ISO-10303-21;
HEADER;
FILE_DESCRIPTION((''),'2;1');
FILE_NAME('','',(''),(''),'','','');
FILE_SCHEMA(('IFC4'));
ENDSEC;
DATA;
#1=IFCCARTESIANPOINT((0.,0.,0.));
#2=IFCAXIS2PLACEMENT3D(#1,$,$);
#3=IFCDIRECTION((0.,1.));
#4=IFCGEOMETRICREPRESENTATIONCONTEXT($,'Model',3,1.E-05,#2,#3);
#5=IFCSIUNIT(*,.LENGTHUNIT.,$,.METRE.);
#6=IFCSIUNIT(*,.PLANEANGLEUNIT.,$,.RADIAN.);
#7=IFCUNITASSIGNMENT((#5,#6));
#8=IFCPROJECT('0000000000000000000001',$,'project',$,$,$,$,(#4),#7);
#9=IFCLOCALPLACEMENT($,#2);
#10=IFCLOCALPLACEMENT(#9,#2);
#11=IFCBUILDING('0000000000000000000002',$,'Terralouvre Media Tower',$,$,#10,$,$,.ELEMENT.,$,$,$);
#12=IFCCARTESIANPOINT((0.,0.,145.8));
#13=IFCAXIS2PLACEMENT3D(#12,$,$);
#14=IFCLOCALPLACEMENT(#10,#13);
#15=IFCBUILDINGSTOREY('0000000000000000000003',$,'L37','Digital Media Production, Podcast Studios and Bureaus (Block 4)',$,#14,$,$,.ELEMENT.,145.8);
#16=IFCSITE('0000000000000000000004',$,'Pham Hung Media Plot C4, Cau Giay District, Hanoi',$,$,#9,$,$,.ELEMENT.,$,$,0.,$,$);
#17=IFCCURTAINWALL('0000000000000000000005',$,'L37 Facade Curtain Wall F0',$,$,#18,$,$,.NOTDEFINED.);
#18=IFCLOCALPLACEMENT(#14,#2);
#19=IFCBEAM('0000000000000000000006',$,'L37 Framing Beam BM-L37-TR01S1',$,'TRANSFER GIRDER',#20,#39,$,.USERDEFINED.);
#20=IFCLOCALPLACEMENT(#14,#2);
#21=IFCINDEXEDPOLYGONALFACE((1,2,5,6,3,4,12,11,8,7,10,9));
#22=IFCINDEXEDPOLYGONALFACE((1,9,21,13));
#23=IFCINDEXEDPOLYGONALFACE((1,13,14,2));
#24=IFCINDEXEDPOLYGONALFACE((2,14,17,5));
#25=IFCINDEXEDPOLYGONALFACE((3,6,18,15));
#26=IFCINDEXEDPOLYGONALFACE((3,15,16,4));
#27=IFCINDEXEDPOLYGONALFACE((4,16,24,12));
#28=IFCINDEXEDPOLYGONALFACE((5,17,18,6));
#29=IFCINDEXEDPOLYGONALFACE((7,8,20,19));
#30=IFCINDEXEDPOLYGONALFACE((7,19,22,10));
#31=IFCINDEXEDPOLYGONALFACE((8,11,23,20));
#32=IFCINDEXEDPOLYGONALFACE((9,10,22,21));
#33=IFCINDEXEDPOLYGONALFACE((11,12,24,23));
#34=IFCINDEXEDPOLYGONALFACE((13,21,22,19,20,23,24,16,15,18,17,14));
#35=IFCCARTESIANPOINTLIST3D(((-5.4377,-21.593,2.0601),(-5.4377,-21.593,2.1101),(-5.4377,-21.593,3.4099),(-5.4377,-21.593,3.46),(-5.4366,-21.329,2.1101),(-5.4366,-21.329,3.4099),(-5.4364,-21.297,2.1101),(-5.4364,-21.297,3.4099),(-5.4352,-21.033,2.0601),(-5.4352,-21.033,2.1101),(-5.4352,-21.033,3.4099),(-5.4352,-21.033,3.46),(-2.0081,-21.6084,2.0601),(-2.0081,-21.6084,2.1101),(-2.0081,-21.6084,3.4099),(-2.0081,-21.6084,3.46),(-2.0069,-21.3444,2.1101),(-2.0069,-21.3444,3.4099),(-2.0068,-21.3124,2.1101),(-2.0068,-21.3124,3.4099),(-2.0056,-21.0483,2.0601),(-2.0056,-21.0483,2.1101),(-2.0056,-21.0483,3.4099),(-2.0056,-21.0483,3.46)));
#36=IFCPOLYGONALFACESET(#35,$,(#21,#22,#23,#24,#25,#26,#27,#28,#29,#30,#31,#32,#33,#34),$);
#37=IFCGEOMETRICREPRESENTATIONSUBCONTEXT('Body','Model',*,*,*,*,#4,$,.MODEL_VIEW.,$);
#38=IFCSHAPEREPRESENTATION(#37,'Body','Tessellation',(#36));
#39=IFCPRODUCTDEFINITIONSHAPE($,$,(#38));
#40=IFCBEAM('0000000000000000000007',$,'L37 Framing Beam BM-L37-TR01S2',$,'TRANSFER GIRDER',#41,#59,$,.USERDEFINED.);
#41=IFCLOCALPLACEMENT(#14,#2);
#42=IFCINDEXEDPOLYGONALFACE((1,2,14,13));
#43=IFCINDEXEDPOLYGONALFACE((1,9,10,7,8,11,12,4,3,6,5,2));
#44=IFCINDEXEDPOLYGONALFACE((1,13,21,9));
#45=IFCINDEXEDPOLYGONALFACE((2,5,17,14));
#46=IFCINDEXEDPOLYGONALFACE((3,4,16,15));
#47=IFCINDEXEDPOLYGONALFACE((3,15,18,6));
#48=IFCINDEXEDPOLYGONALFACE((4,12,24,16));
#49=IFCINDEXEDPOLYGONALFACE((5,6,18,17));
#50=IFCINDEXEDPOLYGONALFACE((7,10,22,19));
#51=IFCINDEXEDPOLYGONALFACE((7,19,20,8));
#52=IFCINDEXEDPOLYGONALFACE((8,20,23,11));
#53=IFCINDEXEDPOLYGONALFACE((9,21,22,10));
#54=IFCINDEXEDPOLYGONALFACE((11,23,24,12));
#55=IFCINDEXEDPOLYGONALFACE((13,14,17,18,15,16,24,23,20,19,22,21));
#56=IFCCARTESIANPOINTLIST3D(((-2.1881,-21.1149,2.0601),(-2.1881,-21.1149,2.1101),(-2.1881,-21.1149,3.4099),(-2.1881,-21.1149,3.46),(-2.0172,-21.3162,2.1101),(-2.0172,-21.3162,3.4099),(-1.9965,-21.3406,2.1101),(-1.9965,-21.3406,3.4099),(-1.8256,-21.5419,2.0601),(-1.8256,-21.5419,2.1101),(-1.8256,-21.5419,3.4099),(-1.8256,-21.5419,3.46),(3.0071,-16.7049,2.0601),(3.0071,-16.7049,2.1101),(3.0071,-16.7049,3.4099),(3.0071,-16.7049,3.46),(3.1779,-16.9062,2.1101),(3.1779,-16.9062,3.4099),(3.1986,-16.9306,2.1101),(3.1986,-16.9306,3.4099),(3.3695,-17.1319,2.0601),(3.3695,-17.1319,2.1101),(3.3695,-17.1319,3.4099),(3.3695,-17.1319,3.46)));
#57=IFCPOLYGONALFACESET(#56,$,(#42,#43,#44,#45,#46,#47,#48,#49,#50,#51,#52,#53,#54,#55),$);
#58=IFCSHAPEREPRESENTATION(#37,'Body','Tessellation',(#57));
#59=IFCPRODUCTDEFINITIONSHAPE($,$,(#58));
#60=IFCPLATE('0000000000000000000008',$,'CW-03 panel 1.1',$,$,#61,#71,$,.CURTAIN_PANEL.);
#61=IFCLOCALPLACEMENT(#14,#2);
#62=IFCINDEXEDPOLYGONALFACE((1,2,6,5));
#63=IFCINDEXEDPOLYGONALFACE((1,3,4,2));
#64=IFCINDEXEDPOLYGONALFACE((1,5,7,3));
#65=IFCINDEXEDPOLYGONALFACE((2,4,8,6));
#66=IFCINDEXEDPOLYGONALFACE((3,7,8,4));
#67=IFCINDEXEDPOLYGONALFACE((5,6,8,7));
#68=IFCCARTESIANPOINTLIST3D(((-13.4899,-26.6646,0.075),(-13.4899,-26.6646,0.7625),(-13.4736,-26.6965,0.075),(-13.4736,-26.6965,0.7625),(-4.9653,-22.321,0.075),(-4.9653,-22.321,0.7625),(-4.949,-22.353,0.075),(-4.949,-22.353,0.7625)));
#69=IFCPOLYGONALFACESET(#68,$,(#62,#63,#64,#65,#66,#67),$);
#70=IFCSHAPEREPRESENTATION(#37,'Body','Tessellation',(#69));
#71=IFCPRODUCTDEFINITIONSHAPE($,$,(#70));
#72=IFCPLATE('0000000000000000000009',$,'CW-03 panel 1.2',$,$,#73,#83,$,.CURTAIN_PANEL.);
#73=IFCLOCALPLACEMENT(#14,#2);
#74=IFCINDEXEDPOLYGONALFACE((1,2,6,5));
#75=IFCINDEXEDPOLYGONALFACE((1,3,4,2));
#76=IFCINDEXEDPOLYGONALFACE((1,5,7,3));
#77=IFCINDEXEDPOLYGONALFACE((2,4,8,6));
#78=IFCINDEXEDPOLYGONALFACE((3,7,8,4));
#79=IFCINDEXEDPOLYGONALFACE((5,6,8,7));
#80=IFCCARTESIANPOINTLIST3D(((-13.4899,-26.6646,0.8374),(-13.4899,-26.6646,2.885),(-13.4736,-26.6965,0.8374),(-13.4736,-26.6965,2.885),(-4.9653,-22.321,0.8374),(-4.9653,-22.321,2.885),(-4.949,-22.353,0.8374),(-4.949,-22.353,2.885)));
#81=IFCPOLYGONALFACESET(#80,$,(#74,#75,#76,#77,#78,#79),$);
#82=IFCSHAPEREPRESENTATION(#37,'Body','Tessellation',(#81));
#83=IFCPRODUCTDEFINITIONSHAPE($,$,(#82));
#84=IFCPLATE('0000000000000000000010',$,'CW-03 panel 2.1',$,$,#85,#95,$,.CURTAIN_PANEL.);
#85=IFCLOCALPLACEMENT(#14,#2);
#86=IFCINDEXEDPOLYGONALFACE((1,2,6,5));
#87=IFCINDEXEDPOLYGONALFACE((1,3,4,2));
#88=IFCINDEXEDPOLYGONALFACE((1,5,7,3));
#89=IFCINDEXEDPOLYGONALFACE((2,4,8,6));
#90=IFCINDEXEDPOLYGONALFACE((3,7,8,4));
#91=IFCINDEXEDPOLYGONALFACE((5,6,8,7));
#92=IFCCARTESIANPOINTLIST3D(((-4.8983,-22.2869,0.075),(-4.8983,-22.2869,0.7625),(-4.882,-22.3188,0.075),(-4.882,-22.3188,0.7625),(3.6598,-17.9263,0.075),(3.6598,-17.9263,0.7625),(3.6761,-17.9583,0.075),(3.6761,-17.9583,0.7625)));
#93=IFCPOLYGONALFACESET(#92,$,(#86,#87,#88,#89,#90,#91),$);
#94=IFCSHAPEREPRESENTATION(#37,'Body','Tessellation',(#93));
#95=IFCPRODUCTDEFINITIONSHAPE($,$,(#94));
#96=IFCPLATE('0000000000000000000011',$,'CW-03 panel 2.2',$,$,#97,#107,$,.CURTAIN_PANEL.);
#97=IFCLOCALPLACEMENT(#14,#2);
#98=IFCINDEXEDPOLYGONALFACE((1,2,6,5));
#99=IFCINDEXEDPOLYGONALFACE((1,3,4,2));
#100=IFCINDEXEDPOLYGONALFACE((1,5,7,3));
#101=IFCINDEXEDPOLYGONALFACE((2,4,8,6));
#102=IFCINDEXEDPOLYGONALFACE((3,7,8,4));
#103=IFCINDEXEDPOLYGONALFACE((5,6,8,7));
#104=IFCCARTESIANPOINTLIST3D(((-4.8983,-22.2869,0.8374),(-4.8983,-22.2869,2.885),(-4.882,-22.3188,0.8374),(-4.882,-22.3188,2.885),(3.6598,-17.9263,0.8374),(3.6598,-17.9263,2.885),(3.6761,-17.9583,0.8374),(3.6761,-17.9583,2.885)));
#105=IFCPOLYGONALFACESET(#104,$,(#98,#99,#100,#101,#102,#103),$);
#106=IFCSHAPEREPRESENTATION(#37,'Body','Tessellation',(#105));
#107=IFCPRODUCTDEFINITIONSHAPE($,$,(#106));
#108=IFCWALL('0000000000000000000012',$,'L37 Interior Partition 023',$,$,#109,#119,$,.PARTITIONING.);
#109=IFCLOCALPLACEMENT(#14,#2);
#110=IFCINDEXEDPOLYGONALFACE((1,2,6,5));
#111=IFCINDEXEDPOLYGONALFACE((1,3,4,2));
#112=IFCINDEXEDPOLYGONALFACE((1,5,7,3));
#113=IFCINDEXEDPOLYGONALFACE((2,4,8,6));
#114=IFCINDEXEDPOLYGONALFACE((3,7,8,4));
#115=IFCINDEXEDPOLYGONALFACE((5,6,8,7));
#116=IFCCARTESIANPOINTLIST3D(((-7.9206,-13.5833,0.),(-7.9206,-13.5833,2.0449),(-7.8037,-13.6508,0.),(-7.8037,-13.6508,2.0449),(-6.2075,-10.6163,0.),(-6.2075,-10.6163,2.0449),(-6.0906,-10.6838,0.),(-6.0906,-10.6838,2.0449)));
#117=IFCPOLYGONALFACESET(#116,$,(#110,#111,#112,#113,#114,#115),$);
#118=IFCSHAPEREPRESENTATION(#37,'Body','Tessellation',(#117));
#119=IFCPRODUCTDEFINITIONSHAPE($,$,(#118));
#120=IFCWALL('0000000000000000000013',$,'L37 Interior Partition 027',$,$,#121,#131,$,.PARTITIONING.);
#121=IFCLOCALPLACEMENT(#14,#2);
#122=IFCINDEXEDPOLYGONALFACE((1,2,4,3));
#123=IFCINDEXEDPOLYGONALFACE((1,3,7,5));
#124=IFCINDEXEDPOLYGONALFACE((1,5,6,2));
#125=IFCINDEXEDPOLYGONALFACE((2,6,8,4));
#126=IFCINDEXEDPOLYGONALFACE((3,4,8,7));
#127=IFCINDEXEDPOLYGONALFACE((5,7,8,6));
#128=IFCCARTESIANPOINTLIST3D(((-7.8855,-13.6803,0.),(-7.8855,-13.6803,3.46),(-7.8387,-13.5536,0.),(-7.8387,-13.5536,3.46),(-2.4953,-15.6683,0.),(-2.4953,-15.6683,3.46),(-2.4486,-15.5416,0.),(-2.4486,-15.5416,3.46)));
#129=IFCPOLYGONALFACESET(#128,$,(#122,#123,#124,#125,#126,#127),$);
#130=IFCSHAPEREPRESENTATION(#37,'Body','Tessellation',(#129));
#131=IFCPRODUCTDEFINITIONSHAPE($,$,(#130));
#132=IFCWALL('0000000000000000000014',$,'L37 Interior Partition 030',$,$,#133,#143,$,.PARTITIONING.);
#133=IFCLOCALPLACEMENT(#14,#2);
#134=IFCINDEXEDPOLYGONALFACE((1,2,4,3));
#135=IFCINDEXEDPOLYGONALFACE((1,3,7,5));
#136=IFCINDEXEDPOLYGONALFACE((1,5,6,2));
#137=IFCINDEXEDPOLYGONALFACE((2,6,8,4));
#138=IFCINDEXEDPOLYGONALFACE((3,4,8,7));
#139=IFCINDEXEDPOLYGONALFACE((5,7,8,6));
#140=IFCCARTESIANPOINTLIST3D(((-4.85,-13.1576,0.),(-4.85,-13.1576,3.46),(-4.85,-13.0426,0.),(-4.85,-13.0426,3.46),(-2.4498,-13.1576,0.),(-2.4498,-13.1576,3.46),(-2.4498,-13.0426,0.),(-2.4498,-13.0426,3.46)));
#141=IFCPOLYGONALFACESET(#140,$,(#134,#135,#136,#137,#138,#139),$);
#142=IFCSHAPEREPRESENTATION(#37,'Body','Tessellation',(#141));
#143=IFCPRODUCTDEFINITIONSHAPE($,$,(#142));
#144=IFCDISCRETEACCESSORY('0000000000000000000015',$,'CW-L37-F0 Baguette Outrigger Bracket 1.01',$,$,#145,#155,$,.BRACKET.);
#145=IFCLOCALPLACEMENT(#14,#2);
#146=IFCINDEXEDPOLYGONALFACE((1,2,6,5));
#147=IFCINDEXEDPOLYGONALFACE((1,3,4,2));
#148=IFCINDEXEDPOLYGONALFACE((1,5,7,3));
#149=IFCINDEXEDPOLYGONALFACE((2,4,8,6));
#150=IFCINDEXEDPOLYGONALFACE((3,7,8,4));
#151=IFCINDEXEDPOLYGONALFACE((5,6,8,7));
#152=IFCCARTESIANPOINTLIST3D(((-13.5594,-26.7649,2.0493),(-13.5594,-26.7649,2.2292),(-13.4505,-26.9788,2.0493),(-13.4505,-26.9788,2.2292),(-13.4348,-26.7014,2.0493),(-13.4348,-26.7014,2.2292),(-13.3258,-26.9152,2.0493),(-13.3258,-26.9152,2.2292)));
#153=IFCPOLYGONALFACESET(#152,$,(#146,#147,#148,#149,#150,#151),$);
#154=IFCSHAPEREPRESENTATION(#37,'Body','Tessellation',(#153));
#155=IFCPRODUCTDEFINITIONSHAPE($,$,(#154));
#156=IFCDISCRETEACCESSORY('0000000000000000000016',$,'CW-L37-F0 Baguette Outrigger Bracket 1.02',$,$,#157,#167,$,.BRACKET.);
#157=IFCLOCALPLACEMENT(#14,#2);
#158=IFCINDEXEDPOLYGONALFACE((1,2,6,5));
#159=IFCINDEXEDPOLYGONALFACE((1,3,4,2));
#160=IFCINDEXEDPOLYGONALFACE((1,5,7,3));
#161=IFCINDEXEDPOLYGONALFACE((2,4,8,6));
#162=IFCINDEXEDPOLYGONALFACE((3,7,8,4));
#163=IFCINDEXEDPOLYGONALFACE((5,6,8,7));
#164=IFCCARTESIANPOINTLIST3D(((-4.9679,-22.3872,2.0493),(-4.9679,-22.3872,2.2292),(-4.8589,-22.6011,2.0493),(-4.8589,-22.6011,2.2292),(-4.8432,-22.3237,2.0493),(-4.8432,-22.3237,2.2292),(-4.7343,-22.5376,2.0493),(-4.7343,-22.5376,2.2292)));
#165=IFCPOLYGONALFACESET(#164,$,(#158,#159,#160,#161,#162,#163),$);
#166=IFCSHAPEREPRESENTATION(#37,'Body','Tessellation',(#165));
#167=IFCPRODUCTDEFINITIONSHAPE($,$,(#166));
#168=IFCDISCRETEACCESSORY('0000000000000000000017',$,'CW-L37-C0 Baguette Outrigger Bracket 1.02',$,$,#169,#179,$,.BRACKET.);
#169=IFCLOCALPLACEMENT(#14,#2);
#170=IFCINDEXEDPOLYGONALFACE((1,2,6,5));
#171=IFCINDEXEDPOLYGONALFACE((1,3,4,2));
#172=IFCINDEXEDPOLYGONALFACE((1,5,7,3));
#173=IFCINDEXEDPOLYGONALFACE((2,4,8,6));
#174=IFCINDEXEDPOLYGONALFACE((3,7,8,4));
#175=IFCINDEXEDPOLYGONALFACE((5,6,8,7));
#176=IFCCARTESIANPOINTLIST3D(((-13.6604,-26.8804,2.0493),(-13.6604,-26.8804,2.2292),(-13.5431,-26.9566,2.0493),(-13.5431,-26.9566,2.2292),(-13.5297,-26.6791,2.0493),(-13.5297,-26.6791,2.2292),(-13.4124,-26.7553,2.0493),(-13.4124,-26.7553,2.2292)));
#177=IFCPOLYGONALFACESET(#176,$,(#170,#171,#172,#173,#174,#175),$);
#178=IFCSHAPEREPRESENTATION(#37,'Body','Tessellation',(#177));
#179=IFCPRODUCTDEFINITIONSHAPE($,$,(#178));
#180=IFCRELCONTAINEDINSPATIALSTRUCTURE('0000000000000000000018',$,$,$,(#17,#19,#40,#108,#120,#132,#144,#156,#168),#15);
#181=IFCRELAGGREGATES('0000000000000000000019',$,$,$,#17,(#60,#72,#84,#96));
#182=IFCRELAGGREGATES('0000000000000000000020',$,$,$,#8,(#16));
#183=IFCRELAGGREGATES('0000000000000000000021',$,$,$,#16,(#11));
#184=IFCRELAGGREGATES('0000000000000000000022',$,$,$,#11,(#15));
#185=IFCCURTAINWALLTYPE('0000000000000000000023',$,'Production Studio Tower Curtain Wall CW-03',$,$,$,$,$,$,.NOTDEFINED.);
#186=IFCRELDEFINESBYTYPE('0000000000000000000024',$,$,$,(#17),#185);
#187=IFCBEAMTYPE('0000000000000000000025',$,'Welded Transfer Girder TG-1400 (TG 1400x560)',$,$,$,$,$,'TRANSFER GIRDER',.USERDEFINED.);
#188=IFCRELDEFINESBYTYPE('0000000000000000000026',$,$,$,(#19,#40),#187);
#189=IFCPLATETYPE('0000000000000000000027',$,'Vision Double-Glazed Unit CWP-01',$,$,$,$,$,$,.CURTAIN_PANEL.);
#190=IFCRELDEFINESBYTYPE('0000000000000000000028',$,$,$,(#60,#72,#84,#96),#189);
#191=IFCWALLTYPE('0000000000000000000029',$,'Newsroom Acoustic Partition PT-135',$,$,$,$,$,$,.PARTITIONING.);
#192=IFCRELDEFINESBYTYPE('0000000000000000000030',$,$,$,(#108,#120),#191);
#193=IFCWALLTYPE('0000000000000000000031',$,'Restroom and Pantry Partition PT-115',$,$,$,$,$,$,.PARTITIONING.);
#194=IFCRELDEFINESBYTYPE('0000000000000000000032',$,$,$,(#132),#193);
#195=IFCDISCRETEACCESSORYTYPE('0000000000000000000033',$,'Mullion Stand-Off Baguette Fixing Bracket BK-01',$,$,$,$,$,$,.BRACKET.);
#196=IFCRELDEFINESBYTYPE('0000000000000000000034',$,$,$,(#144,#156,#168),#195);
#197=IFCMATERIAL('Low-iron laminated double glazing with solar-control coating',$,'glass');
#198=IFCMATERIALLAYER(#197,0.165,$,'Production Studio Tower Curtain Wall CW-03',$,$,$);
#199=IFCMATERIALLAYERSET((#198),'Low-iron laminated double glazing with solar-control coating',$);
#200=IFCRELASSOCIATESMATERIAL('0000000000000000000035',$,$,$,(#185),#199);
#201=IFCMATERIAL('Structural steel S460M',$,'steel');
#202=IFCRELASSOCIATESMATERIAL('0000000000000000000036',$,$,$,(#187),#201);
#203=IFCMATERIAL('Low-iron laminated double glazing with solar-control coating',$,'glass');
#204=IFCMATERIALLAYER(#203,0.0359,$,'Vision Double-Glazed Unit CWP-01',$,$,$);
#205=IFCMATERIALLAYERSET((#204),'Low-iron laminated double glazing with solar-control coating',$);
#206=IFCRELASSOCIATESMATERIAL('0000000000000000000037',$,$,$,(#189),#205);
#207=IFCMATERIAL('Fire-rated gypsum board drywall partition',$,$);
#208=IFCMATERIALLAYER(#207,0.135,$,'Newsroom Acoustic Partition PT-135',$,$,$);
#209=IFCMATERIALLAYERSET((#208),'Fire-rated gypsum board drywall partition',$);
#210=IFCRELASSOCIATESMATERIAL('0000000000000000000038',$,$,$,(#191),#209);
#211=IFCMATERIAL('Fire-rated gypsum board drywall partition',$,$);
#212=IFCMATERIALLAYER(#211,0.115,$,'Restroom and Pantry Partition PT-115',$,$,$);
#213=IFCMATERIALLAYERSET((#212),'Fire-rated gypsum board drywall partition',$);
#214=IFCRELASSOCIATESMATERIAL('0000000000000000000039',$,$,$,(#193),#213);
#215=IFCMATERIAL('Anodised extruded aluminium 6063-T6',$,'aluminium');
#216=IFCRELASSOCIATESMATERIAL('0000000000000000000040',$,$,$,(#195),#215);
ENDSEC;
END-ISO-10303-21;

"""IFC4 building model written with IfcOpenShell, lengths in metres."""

from ifc_helpers import new_model, si_unit, direction, frame, frame_2d, origin, origin_2d, place, context, subcontext, project, spatial, rectangle, i_section, extrude, material, layer, layer_set, material_profile, profile_set, type_object, element, aggregate, save


model = new_model("IFC4")

# Units and contexts
model_context = context("Model", 3, precision=1e-05, world=origin(), true_north=direction((0.0, 1.0)))
body_context = subcontext(model_context, "Body", "Model", "MODEL_VIEW")
ifc_project = project(units=[si_unit("LENGTHUNIT", "METRE"), si_unit("PLANEANGLEUNIT", "RADIAN")], contexts=[model_context])

# Site, building, storey
site_placement = place(None, origin())
site = spatial("IfcSite", under=ifc_project, at=site_placement, Name="Pham Hung Media Plot C4, Cau Giay District, Hanoi", CompositionType="ELEMENT", RefElevation=0.0)
building_placement = place(site_placement, origin())
building = spatial("IfcBuilding", under=site, at=building_placement, Name="Terralouvre Media Tower", CompositionType="ELEMENT")
storey_placement = place(building_placement, frame((0.0, 0.0, 145.8)))
storey = spatial("IfcBuildingStorey", under=building, at=storey_placement, Name="L37", Description="Digital Media Production, Podcast Studios and Bureaus (Block 4)", CompositionType="ELEMENT", Elevation=145.8)

# Curtain wall
ifc_material_1 = material(Name="Low-iron laminated double glazing with solar-control coating", Category="glass")
ifc_layer_1 = layer(ifc_material_1, 0.165, Name="Production Studio Tower Curtain Wall CW-03")
ifc_layer_set_1 = layer_set([ifc_layer_1], Name="Low-iron laminated double glazing with solar-control coating")
curtain_wall_type_1 = type_object("IfcCurtainWallType", Name="Production Studio Tower Curtain Wall CW-03", PredefinedType="NOTDEFINED", material=ifc_layer_set_1)
curtain_wall_1_placement = place(storey_placement, origin())
curtain_wall_1 = element("IfcCurtainWall", 1, at=curtain_wall_1_placement, inside=storey, type_object=curtain_wall_type_1, Name="L37 Facade Curtain Wall F0", PredefinedType="NOTDEFINED")

# Beams
ifc_material_2 = material(Name="Structural steel S460M", Category="steel")
ifc_material_profile_1 = material_profile(ifc_material_2, i_section(OverallWidth=0.5601, OverallDepth=1.3999, WebThickness=0.032, FlangeThickness=0.05, at=origin_2d()), Name="TG 1400x560")
ifc_profile_set_1 = profile_set([ifc_material_profile_1], Name="Structural steel S460M")
beam_type_1 = type_object("IfcBeamType", Name="Welded Transfer Girder TG-1400 (TG 1400x560)", ElementType="TRANSFER GIRDER", PredefinedType="USERDEFINED", material=ifc_profile_set_1)
beam_1_placement = place(storey_placement, frame((-2.0068, -21.3284, 2.76), z_axis=(-0.99999, 0.004485, 0.0), x_axis=(-0.004485, -0.99999, 0.0)))
element("IfcBeam", 2, at=beam_1_placement, inside=storey, type_object=beam_type_1, Name="L37 Framing Beam BM-L37-TR01S1", ObjectType="TRANSFER GIRDER", PredefinedType="USERDEFINED", context=body_context, shape_type="SweptSolid", body=[
    extrude(i_section(OverallWidth=0.5601, OverallDepth=1.3999, WebThickness=0.032, FlangeThickness=0.05, at=origin_2d()), origin(), (0.0, 0.0, 1.0), 3.4297),
])
beam_2_placement = place(storey_placement, frame((-2.0068, -21.3284, 2.76), z_axis=(0.762366, 0.647146, 0.0), x_axis=(-0.647146, 0.762366, 0.0)))
element("IfcBeam", 3, at=beam_2_placement, inside=storey, type_object=beam_type_1, Name="L37 Framing Beam BM-L37-TR01S2", ObjectType="TRANSFER GIRDER", PredefinedType="USERDEFINED", context=body_context, shape_type="SweptSolid", body=[
    extrude(i_section(OverallWidth=0.5601, OverallDepth=1.3999, WebThickness=0.032, FlangeThickness=0.05, at=origin_2d()), origin(), (0.0, 0.0, 1.0), 6.8145),
])

# Plates
ifc_material_3 = material(Name="Low-iron laminated double glazing with solar-control coating", Category="glass")
ifc_layer_2 = layer(ifc_material_3, 0.0359, Name="Vision Double-Glazed Unit CWP-01")
ifc_layer_set_2 = layer_set([ifc_layer_2], Name="Low-iron laminated double glazing with solar-control coating")
plate_type = type_object("IfcPlateType", Name="Vision Double-Glazed Unit CWP-01", PredefinedType="CURTAIN_PANEL", material=ifc_layer_set_2)
plate_1_placement = place(storey_placement, frame((-9.2195, -24.5088, 0.075), z_axis=(0.0, 0.0, 1.0), x_axis=(0.891007, 0.453991, 0.0)))
plate_1 = element("IfcPlate", 4, at=plate_1_placement, type_object=plate_type, Name="CW-03 panel 1.1", PredefinedType="CURTAIN_PANEL", context=body_context, shape_type="SweptSolid", body=[
    extrude(rectangle(XDim=9.5674, YDim=0.0359, at=origin_2d()), origin(), (0.0, 0.0, 1.0), 0.6875),
])
plate_2_placement = place(storey_placement, frame((-9.2195, -24.5088, 0.8374), z_axis=(0.0, 0.0, 1.0), x_axis=(0.891007, 0.453991, 0.0)))
plate_2 = element("IfcPlate", 5, at=plate_2_placement, type_object=plate_type, Name="CW-03 panel 1.2", PredefinedType="CURTAIN_PANEL", context=body_context, shape_type="SweptSolid", body=[
    extrude(rectangle(XDim=9.5674, YDim=0.0359, at=origin_2d()), origin(), (0.0, 0.0, 1.0), 2.0476),
])
plate_3_placement = place(storey_placement, frame((-0.6111, -20.1226, 0.075), z_axis=(0.0, 0.0, 1.0), x_axis=(0.891007, 0.453991, 0.0)))
plate_3 = element("IfcPlate", 6, at=plate_3_placement, type_object=plate_type, Name="CW-03 panel 2.1", PredefinedType="CURTAIN_PANEL", context=body_context, shape_type="SweptSolid", body=[
    extrude(rectangle(XDim=9.605, YDim=0.0359, at=origin_2d()), origin(), (0.0, 0.0, 1.0), 0.6875),
])
plate_4_placement = place(storey_placement, frame((-0.6111, -20.1226, 0.8374), z_axis=(0.0, 0.0, 1.0), x_axis=(0.891007, 0.453991, 0.0)))
plate_4 = element("IfcPlate", 7, at=plate_4_placement, type_object=plate_type, Name="CW-03 panel 2.2", PredefinedType="CURTAIN_PANEL", context=body_context, shape_type="SweptSolid", body=[
    extrude(rectangle(XDim=9.605, YDim=0.0359, at=origin_2d()), origin(), (0.0, 0.0, 1.0), 2.0476),
])
aggregate(curtain_wall_1, [plate_1, plate_2, plate_3, plate_4])

# Walls
ifc_material_4 = material(Name="Fire-rated gypsum board drywall partition")
ifc_layer_3 = layer(ifc_material_4, 0.135, Name="Newsroom Acoustic Partition PT-135")
ifc_layer_set_3 = layer_set([ifc_layer_3], Name="Fire-rated gypsum board drywall partition")
wall_type_1 = type_object("IfcWallType", Name="Newsroom Acoustic Partition PT-135", PredefinedType="PARTITIONING", material=ifc_layer_set_3)
wall_1_placement = place(storey_placement, frame((-7.8621, -13.6169, 0.0), z_axis=(0.0, 0.0, 1.0), x_axis=(0.500025, 0.866011, 0.0)))
element("IfcWall", 8, at=wall_1_placement, inside=storey, type_object=wall_type_1, Name="L37 Interior Partition 023", PredefinedType="PARTITIONING", context=body_context, shape_type="SweptSolid", body=[
    extrude(rectangle(XDim=3.426, YDim=0.135, at=frame_2d((1.7129, 0.0))), origin(), (0.0, 0.0, 1.0), 2.0449),
])
wall_2_placement = place(storey_placement, frame((-2.4719, -15.605, 0.0), z_axis=(0.0, 0.0, 1.0), x_axis=(-0.938219, 0.346042, 0.0)))
element("IfcWall", 9, at=wall_2_placement, inside=storey, type_object=wall_type_1, Name="L37 Interior Partition 027", PredefinedType="PARTITIONING", context=body_context, shape_type="SweptSolid", body=[
    extrude(rectangle(XDim=5.7451, YDim=0.135, at=frame_2d((2.8726, 0.0))), origin(), (0.0, 0.0, 1.0), 3.46),
])
ifc_material_5 = material(Name="Fire-rated gypsum board drywall partition")
ifc_layer_4 = layer(ifc_material_5, 0.115, Name="Restroom and Pantry Partition PT-115")
ifc_layer_set_4 = layer_set([ifc_layer_4], Name="Fire-rated gypsum board drywall partition")
wall_type_2 = type_object("IfcWallType", Name="Restroom and Pantry Partition PT-115", PredefinedType="PARTITIONING", material=ifc_layer_set_4)
wall_3_placement = place(storey_placement, frame((-4.8501, -13.1001, 0.0), z_axis=(0.0, 0.0, 1.0), x_axis=(1.0, 0.0, 0.0)))
element("IfcWall", 10, at=wall_3_placement, inside=storey, type_object=wall_type_2, Name="L37 Interior Partition 030", PredefinedType="PARTITIONING", context=body_context, shape_type="SweptSolid", body=[
    extrude(rectangle(XDim=2.4001, YDim=0.115, at=frame_2d((1.2002, 0.0))), origin(), (0.0, 0.0, 1.0), 3.46),
])

# Discrete accessories
ifc_material_6 = material(Name="Anodised extruded aluminium 6063-T6", Category="aluminium")
discrete_accessory_type = type_object("IfcDiscreteAccessoryType", Name="Mullion Stand-Off Baguette Fixing Bracket BK-01", PredefinedType="BRACKET", material=ifc_material_6)
for number, where, z_axis, x_axis, name in (
    (11, (-13.4426, -26.8401, 2.0493), (0.0, 0.0, 1.0), (0.891007, 0.453991, 0.0), "CW-L37-F0 Baguette Outrigger Bracket 1.01"),
    (12, (-4.8511, -22.4624, 2.0493), (0.0, 0.0, 1.0), (0.891007, 0.453991, 0.0), "CW-L37-F0 Baguette Outrigger Bracket 1.02"),
    (13, (-13.5364, -26.8179, 2.0493), (0.0, 0.0, 1.0), (0.83867, -0.544639, 0.0), "CW-L37-C0 Baguette Outrigger Bracket 1.02"),
):
    element("IfcDiscreteAccessory", number, at=place(storey_placement, frame(where, z_axis=z_axis, x_axis=x_axis)), inside=storey, type_object=discrete_accessory_type, Name=name, PredefinedType="BRACKET", context=body_context, shape_type="SweptSolid", body=[
        extrude(rectangle(XDim=0.1399, YDim=0.24, at=origin_2d()), origin(), (0.0, 0.0, 1.0), 0.1799),
    ])

save(model, "model.ifc")
